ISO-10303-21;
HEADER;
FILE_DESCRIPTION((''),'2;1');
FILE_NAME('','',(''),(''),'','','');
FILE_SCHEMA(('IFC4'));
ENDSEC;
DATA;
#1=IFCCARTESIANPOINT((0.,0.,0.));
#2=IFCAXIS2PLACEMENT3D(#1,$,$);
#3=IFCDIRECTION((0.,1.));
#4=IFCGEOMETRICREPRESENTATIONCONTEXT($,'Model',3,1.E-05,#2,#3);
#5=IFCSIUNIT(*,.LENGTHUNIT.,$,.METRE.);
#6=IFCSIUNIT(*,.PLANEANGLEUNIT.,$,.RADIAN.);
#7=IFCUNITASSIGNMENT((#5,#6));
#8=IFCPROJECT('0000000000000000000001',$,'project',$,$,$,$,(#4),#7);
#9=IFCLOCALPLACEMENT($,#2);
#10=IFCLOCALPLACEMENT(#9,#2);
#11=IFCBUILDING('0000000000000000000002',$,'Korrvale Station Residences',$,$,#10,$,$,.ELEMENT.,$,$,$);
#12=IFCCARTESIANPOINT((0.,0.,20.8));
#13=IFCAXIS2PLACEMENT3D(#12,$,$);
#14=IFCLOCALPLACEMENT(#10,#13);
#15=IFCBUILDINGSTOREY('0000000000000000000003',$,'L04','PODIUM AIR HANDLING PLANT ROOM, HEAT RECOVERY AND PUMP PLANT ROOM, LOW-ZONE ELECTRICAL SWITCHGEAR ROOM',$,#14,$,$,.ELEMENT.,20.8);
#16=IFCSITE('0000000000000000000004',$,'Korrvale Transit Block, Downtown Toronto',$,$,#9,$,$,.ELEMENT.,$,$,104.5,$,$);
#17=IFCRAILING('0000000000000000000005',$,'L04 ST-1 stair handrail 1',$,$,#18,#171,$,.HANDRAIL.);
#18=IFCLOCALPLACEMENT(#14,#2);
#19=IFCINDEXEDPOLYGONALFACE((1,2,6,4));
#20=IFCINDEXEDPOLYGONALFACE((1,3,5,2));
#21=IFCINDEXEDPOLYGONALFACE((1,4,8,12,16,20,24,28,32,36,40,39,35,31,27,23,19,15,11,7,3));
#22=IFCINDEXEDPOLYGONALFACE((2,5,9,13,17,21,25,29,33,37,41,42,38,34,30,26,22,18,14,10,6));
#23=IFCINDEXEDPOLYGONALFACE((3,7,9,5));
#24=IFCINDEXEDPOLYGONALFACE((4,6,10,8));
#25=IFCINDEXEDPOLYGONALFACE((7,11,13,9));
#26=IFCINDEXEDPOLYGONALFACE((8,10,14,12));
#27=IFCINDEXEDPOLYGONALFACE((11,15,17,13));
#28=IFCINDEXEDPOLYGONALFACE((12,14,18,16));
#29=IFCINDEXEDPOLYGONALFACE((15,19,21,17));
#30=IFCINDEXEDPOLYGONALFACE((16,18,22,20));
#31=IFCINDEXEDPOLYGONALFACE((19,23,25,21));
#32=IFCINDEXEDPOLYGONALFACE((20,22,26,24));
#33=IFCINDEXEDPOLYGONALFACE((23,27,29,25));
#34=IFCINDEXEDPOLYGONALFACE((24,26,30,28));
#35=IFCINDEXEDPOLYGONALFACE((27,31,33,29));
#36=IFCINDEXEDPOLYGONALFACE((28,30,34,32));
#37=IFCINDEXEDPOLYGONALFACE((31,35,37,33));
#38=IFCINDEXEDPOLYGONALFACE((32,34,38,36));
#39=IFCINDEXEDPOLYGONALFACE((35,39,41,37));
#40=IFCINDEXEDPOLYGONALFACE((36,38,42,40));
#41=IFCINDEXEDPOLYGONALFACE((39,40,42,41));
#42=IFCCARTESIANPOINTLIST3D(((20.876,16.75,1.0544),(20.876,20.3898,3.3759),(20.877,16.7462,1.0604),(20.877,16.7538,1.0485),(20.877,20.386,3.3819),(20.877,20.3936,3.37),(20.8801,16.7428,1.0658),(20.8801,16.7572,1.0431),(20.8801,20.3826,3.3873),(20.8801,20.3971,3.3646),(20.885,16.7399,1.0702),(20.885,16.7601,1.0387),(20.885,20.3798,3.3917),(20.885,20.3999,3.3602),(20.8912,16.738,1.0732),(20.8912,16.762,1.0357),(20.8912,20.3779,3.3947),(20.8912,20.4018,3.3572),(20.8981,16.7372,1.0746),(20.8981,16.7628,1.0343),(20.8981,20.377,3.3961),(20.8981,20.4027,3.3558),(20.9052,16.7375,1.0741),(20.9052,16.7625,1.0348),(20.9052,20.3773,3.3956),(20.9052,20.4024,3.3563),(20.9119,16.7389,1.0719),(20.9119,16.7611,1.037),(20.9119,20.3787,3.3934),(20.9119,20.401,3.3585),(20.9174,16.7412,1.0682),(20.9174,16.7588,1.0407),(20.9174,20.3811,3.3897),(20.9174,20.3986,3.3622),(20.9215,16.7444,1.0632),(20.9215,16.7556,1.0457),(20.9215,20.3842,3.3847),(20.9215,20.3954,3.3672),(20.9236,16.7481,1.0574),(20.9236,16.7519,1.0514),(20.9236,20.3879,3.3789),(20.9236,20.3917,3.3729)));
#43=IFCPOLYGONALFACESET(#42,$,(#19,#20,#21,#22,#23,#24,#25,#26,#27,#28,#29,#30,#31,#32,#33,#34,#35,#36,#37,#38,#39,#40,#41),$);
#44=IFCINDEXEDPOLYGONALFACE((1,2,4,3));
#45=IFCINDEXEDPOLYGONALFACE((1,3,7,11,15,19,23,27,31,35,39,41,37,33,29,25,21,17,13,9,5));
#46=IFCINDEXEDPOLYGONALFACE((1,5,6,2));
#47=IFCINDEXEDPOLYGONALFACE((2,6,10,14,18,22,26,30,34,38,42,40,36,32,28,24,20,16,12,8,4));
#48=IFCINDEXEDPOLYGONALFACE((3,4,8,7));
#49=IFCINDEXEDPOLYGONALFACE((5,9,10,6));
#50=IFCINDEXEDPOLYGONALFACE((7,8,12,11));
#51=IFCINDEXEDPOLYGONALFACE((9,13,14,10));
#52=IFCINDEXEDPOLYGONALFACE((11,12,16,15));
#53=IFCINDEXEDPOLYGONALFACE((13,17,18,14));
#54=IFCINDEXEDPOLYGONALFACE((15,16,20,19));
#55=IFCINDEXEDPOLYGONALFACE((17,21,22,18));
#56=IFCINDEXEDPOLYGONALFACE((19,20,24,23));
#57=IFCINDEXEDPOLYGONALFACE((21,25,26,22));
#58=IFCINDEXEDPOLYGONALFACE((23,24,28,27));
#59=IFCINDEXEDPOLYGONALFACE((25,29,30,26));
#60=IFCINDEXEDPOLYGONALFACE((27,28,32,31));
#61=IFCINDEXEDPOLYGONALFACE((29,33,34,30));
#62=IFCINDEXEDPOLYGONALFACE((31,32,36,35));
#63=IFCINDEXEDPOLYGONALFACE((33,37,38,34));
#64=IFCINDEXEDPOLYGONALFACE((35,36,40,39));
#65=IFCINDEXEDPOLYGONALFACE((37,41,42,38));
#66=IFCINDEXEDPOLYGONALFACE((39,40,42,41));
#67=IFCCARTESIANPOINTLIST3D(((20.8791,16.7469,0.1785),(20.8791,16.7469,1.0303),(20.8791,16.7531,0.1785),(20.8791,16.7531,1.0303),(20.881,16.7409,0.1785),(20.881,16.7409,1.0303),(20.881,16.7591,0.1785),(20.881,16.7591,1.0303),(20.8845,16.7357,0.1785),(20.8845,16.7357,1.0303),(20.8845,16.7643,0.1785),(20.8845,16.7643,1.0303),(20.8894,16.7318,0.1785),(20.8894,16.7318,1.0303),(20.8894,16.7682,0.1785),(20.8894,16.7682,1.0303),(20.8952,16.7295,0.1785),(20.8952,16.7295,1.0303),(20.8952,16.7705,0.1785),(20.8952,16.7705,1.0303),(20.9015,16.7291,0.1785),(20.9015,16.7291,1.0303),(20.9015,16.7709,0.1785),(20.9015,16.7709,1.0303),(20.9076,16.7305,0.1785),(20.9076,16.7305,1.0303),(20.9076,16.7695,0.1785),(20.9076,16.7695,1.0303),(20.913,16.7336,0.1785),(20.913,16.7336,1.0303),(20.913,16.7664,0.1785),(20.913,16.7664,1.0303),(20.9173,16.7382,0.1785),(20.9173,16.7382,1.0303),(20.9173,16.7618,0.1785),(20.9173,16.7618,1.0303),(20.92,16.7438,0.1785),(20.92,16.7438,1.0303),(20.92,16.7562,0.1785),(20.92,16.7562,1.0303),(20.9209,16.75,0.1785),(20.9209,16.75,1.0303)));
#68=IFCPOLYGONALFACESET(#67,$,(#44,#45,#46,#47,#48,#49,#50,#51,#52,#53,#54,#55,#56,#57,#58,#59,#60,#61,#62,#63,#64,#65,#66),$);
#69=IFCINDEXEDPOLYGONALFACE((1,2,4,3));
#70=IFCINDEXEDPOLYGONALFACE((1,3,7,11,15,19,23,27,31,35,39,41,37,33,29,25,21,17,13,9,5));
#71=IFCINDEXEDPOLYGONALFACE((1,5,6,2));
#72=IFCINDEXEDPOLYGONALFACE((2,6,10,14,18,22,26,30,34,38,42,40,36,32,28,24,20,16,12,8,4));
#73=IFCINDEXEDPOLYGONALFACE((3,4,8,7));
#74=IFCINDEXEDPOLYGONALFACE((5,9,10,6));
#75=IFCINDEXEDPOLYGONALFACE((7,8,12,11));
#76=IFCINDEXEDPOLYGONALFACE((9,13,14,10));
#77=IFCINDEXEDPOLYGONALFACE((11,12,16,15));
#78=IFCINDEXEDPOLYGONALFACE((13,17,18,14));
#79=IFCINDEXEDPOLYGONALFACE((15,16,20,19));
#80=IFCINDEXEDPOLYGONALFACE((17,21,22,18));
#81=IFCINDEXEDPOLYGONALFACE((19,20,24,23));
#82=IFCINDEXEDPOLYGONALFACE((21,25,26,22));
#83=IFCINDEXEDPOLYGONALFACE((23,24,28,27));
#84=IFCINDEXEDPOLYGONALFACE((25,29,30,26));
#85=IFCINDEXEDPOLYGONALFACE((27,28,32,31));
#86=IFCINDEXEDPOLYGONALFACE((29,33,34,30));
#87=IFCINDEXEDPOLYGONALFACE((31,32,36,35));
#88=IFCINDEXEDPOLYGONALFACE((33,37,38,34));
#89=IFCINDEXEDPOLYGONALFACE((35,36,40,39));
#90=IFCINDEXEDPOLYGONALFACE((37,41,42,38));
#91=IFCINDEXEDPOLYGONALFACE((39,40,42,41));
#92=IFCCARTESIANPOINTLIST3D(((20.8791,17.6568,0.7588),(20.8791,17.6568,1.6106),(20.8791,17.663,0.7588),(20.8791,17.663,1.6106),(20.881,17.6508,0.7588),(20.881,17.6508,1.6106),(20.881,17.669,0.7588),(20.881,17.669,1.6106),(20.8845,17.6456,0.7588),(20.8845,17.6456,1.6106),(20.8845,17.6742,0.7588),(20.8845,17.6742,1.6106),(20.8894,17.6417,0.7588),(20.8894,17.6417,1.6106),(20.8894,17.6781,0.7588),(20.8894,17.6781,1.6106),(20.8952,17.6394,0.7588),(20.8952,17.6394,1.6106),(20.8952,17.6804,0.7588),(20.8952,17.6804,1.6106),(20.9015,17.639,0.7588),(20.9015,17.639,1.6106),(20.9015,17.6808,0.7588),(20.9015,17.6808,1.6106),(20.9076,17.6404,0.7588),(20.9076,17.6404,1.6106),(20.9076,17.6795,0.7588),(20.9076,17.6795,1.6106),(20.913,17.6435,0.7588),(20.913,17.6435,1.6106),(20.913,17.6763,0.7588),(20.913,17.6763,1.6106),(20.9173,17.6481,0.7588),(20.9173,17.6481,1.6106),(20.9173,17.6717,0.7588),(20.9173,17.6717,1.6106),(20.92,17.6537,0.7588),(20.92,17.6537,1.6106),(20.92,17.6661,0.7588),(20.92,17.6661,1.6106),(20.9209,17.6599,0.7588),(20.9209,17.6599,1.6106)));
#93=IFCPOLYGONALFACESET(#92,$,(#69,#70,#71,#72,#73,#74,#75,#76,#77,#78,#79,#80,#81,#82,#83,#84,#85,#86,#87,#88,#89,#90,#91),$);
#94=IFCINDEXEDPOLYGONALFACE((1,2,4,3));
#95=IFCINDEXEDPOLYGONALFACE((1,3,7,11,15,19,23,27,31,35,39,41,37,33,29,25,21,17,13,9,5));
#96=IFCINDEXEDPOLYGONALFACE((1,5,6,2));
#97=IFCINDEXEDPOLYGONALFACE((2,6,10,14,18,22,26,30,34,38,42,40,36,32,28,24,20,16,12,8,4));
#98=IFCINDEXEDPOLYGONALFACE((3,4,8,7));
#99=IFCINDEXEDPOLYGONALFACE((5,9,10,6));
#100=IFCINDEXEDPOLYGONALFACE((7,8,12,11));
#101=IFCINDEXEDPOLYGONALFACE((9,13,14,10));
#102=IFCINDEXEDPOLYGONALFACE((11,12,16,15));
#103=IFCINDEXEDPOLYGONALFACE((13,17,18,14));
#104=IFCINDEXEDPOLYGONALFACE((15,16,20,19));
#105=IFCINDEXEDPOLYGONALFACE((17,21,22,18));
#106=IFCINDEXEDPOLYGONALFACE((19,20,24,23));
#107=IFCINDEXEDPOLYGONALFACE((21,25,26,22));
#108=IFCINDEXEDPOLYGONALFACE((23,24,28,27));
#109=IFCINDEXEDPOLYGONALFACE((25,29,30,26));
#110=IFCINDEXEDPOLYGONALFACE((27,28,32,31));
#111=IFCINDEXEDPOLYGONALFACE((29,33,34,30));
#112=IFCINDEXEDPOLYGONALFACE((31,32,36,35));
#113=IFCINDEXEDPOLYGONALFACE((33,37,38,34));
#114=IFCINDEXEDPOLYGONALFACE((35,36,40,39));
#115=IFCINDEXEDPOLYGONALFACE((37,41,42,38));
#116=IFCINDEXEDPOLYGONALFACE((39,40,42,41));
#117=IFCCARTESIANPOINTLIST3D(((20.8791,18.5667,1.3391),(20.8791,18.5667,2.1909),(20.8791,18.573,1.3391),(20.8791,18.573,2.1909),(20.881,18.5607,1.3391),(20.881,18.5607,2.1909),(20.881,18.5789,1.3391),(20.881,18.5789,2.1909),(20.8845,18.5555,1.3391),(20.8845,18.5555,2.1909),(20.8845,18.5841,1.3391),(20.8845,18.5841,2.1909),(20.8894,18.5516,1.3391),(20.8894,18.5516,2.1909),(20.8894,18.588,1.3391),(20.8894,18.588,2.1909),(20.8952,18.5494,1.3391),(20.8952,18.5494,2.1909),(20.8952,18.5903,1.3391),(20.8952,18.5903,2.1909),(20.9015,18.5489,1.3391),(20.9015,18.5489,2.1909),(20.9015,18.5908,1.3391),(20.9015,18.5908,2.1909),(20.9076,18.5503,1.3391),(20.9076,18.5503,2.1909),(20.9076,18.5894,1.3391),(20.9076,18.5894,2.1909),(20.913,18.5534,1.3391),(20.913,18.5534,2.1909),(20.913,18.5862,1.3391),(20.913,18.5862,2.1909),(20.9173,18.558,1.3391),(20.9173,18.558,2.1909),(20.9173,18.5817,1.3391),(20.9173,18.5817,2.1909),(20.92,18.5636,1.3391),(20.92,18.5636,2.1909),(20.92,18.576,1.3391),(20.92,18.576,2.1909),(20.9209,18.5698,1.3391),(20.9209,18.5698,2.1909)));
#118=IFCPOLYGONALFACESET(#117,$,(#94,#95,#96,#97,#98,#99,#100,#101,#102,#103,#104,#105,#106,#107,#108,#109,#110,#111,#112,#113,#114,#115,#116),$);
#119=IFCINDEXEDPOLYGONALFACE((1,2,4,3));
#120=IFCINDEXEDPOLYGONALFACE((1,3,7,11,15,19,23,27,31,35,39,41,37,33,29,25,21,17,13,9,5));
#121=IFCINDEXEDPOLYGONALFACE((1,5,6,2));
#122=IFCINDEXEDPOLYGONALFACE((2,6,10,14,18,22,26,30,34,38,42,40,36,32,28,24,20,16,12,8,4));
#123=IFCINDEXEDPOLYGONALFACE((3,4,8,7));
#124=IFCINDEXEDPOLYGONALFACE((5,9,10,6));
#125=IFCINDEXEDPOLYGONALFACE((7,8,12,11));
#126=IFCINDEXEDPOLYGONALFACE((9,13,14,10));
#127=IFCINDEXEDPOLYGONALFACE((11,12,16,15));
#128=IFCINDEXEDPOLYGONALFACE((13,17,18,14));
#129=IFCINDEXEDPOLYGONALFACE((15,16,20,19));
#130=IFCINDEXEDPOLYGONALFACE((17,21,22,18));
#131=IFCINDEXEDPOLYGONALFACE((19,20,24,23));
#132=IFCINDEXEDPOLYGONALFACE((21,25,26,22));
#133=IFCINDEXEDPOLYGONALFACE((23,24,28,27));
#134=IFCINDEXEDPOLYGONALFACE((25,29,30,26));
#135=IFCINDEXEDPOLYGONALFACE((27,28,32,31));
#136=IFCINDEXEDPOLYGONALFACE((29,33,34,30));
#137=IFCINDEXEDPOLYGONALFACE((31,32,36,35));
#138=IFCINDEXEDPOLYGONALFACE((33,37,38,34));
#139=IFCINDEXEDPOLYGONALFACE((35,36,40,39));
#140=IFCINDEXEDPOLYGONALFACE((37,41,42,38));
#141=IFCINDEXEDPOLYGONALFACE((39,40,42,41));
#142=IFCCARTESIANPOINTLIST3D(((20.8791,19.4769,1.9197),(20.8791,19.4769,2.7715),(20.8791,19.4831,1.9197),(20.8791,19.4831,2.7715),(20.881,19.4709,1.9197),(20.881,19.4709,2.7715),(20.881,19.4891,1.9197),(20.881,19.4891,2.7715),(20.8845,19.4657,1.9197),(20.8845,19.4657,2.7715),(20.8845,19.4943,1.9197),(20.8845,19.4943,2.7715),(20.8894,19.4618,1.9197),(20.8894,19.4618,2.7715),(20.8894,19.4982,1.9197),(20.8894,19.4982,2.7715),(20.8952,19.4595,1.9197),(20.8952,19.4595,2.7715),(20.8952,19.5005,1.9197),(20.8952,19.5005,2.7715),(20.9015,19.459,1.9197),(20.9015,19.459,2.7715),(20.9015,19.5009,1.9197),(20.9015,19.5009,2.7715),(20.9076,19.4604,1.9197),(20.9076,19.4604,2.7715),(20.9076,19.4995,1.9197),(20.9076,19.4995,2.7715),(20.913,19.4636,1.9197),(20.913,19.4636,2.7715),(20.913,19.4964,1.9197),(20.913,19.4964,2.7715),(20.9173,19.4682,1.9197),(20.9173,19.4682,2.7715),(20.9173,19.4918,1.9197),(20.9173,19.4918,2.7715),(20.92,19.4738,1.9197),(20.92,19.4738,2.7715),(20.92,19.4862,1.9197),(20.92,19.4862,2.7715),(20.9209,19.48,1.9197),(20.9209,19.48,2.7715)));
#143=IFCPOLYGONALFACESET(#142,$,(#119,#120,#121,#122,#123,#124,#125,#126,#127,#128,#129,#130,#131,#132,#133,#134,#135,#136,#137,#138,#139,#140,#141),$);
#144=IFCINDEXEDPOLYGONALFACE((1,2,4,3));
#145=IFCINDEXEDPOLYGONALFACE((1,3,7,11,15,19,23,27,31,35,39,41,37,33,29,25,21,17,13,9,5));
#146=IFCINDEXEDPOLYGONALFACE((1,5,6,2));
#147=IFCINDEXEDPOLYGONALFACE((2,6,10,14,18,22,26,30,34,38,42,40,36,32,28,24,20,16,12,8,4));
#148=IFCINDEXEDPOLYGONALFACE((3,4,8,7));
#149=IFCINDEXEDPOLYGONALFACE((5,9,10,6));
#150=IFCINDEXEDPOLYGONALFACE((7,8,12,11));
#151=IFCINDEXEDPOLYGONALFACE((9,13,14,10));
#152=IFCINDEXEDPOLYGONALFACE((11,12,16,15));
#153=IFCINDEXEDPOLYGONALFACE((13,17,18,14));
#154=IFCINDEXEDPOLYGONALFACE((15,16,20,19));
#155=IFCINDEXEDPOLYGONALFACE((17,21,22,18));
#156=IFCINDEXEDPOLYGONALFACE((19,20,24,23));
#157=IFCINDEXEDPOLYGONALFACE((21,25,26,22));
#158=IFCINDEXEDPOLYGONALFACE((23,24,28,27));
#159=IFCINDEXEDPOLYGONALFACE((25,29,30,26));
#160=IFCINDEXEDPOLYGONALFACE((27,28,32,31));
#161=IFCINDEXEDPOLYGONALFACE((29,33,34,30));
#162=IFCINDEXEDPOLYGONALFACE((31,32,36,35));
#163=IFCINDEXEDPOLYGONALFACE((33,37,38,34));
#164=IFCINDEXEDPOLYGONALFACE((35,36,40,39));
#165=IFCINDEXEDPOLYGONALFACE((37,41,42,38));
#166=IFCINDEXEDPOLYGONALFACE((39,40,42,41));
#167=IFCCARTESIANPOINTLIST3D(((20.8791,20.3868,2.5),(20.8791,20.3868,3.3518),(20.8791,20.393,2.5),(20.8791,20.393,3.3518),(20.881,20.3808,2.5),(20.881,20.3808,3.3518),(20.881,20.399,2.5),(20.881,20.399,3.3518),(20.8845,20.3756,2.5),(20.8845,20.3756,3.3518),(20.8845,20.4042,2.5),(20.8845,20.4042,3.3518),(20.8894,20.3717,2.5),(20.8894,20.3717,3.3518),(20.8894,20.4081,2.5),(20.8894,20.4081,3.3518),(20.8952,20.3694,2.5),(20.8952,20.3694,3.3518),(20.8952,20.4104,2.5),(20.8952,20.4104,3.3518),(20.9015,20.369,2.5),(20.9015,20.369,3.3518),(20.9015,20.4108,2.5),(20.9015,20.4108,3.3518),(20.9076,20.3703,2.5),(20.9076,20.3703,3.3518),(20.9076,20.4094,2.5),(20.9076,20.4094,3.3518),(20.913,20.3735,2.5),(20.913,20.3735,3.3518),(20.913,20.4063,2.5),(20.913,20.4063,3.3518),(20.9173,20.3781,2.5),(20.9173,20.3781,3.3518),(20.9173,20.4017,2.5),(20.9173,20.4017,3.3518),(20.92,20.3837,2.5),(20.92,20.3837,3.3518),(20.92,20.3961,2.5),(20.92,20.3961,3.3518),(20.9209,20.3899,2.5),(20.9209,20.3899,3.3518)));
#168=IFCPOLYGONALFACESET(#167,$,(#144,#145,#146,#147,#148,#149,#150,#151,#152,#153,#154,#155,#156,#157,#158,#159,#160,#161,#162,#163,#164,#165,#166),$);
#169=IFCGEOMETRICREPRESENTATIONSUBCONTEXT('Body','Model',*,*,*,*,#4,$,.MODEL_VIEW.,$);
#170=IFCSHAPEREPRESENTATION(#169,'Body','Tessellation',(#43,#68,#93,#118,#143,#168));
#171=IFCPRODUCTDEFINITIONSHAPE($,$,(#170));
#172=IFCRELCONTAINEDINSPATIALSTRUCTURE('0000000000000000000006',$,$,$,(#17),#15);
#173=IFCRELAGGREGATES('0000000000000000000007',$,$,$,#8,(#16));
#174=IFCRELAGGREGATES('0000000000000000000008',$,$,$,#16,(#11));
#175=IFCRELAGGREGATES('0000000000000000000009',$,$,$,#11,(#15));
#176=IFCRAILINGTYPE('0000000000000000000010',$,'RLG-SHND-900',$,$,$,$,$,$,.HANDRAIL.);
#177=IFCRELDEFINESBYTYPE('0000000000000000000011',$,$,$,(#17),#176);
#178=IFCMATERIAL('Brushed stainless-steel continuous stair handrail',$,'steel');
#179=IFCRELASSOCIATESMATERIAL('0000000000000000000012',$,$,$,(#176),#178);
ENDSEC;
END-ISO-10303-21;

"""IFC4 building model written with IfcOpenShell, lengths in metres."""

from ifc_helpers import new_model, si_unit, direction, frame, origin, origin_2d, place, context, subcontext, project, spatial, circle, extrude, material, type_object, element, save


model = new_model("IFC4")

# Units and contexts
model_context = context("Model", 3, precision=1e-05, world=origin(), true_north=direction((0.0, 1.0)))
body_context = subcontext(model_context, "Body", "Model", "MODEL_VIEW")
ifc_project = project(units=[si_unit("LENGTHUNIT", "METRE"), si_unit("PLANEANGLEUNIT", "RADIAN")], contexts=[model_context])

# Site, building, storey
site_placement = place(None, origin())
site = spatial("IfcSite", under=ifc_project, at=site_placement, Name="Korrvale Transit Block, Downtown Toronto", CompositionType="ELEMENT", RefElevation=104.5)
building_placement = place(site_placement, origin())
building = spatial("IfcBuilding", under=site, at=building_placement, Name="Korrvale Station Residences", CompositionType="ELEMENT")
storey_placement = place(building_placement, frame((0.0, 0.0, 20.8)))
storey = spatial("IfcBuildingStorey", under=building, at=storey_placement, Name="L04", Description="PODIUM AIR HANDLING PLANT ROOM, HEAT RECOVERY AND PUMP PLANT ROOM, LOW-ZONE ELECTRICAL SWITCHGEAR ROOM", CompositionType="ELEMENT", Elevation=20.8)

# Railing
ifc_material_1 = material(Name="Brushed stainless-steel continuous stair handrail", Category="steel")
railing_type_1 = type_object("IfcRailingType", Name="RLG-SHND-900", PredefinedType="HANDRAIL", material=ifc_material_1)
railing_1_placement = place(storey_placement, frame((20.8999, 16.75, 0.1785)))
element("IfcRailing", 1, at=railing_1_placement, inside=storey, type_object=railing_type_1, Name="L04 ST-1 stair handrail 1", PredefinedType="HANDRAIL", context=body_context, shape_type="SweptSolid", body=[
    extrude(circle(Radius=0.0239, at=origin_2d()), frame((0.0, 0.0, 0.876), z_axis=(0.0, 0.843112, 0.537739), x_axis=(-1.0, 0.0, 0.0)), (0.0, 0.0, 1.0), 4.3171),
    extrude(circle(Radius=0.021, at=origin_2d()), origin(), (0.0, 0.0, 1.0), 0.8518),
    extrude(circle(Radius=0.021, at=origin_2d()), frame((0.0, 0.9099, 0.5803)), (0.0, 0.0, 1.0), 0.8518),
    extrude(circle(Radius=0.021, at=origin_2d()), frame((0.0, 1.8198, 1.1606)), (0.0, 0.0, 1.0), 0.8518),
    extrude(circle(Radius=0.021, at=origin_2d()), frame((0.0, 2.73, 1.7412)), (0.0, 0.0, 1.0), 0.8518),
    extrude(circle(Radius=0.021, at=origin_2d()), frame((0.0, 3.6399, 2.3215)), (0.0, 0.0, 1.0), 0.8518),
])

save(model, "model.ifc")
